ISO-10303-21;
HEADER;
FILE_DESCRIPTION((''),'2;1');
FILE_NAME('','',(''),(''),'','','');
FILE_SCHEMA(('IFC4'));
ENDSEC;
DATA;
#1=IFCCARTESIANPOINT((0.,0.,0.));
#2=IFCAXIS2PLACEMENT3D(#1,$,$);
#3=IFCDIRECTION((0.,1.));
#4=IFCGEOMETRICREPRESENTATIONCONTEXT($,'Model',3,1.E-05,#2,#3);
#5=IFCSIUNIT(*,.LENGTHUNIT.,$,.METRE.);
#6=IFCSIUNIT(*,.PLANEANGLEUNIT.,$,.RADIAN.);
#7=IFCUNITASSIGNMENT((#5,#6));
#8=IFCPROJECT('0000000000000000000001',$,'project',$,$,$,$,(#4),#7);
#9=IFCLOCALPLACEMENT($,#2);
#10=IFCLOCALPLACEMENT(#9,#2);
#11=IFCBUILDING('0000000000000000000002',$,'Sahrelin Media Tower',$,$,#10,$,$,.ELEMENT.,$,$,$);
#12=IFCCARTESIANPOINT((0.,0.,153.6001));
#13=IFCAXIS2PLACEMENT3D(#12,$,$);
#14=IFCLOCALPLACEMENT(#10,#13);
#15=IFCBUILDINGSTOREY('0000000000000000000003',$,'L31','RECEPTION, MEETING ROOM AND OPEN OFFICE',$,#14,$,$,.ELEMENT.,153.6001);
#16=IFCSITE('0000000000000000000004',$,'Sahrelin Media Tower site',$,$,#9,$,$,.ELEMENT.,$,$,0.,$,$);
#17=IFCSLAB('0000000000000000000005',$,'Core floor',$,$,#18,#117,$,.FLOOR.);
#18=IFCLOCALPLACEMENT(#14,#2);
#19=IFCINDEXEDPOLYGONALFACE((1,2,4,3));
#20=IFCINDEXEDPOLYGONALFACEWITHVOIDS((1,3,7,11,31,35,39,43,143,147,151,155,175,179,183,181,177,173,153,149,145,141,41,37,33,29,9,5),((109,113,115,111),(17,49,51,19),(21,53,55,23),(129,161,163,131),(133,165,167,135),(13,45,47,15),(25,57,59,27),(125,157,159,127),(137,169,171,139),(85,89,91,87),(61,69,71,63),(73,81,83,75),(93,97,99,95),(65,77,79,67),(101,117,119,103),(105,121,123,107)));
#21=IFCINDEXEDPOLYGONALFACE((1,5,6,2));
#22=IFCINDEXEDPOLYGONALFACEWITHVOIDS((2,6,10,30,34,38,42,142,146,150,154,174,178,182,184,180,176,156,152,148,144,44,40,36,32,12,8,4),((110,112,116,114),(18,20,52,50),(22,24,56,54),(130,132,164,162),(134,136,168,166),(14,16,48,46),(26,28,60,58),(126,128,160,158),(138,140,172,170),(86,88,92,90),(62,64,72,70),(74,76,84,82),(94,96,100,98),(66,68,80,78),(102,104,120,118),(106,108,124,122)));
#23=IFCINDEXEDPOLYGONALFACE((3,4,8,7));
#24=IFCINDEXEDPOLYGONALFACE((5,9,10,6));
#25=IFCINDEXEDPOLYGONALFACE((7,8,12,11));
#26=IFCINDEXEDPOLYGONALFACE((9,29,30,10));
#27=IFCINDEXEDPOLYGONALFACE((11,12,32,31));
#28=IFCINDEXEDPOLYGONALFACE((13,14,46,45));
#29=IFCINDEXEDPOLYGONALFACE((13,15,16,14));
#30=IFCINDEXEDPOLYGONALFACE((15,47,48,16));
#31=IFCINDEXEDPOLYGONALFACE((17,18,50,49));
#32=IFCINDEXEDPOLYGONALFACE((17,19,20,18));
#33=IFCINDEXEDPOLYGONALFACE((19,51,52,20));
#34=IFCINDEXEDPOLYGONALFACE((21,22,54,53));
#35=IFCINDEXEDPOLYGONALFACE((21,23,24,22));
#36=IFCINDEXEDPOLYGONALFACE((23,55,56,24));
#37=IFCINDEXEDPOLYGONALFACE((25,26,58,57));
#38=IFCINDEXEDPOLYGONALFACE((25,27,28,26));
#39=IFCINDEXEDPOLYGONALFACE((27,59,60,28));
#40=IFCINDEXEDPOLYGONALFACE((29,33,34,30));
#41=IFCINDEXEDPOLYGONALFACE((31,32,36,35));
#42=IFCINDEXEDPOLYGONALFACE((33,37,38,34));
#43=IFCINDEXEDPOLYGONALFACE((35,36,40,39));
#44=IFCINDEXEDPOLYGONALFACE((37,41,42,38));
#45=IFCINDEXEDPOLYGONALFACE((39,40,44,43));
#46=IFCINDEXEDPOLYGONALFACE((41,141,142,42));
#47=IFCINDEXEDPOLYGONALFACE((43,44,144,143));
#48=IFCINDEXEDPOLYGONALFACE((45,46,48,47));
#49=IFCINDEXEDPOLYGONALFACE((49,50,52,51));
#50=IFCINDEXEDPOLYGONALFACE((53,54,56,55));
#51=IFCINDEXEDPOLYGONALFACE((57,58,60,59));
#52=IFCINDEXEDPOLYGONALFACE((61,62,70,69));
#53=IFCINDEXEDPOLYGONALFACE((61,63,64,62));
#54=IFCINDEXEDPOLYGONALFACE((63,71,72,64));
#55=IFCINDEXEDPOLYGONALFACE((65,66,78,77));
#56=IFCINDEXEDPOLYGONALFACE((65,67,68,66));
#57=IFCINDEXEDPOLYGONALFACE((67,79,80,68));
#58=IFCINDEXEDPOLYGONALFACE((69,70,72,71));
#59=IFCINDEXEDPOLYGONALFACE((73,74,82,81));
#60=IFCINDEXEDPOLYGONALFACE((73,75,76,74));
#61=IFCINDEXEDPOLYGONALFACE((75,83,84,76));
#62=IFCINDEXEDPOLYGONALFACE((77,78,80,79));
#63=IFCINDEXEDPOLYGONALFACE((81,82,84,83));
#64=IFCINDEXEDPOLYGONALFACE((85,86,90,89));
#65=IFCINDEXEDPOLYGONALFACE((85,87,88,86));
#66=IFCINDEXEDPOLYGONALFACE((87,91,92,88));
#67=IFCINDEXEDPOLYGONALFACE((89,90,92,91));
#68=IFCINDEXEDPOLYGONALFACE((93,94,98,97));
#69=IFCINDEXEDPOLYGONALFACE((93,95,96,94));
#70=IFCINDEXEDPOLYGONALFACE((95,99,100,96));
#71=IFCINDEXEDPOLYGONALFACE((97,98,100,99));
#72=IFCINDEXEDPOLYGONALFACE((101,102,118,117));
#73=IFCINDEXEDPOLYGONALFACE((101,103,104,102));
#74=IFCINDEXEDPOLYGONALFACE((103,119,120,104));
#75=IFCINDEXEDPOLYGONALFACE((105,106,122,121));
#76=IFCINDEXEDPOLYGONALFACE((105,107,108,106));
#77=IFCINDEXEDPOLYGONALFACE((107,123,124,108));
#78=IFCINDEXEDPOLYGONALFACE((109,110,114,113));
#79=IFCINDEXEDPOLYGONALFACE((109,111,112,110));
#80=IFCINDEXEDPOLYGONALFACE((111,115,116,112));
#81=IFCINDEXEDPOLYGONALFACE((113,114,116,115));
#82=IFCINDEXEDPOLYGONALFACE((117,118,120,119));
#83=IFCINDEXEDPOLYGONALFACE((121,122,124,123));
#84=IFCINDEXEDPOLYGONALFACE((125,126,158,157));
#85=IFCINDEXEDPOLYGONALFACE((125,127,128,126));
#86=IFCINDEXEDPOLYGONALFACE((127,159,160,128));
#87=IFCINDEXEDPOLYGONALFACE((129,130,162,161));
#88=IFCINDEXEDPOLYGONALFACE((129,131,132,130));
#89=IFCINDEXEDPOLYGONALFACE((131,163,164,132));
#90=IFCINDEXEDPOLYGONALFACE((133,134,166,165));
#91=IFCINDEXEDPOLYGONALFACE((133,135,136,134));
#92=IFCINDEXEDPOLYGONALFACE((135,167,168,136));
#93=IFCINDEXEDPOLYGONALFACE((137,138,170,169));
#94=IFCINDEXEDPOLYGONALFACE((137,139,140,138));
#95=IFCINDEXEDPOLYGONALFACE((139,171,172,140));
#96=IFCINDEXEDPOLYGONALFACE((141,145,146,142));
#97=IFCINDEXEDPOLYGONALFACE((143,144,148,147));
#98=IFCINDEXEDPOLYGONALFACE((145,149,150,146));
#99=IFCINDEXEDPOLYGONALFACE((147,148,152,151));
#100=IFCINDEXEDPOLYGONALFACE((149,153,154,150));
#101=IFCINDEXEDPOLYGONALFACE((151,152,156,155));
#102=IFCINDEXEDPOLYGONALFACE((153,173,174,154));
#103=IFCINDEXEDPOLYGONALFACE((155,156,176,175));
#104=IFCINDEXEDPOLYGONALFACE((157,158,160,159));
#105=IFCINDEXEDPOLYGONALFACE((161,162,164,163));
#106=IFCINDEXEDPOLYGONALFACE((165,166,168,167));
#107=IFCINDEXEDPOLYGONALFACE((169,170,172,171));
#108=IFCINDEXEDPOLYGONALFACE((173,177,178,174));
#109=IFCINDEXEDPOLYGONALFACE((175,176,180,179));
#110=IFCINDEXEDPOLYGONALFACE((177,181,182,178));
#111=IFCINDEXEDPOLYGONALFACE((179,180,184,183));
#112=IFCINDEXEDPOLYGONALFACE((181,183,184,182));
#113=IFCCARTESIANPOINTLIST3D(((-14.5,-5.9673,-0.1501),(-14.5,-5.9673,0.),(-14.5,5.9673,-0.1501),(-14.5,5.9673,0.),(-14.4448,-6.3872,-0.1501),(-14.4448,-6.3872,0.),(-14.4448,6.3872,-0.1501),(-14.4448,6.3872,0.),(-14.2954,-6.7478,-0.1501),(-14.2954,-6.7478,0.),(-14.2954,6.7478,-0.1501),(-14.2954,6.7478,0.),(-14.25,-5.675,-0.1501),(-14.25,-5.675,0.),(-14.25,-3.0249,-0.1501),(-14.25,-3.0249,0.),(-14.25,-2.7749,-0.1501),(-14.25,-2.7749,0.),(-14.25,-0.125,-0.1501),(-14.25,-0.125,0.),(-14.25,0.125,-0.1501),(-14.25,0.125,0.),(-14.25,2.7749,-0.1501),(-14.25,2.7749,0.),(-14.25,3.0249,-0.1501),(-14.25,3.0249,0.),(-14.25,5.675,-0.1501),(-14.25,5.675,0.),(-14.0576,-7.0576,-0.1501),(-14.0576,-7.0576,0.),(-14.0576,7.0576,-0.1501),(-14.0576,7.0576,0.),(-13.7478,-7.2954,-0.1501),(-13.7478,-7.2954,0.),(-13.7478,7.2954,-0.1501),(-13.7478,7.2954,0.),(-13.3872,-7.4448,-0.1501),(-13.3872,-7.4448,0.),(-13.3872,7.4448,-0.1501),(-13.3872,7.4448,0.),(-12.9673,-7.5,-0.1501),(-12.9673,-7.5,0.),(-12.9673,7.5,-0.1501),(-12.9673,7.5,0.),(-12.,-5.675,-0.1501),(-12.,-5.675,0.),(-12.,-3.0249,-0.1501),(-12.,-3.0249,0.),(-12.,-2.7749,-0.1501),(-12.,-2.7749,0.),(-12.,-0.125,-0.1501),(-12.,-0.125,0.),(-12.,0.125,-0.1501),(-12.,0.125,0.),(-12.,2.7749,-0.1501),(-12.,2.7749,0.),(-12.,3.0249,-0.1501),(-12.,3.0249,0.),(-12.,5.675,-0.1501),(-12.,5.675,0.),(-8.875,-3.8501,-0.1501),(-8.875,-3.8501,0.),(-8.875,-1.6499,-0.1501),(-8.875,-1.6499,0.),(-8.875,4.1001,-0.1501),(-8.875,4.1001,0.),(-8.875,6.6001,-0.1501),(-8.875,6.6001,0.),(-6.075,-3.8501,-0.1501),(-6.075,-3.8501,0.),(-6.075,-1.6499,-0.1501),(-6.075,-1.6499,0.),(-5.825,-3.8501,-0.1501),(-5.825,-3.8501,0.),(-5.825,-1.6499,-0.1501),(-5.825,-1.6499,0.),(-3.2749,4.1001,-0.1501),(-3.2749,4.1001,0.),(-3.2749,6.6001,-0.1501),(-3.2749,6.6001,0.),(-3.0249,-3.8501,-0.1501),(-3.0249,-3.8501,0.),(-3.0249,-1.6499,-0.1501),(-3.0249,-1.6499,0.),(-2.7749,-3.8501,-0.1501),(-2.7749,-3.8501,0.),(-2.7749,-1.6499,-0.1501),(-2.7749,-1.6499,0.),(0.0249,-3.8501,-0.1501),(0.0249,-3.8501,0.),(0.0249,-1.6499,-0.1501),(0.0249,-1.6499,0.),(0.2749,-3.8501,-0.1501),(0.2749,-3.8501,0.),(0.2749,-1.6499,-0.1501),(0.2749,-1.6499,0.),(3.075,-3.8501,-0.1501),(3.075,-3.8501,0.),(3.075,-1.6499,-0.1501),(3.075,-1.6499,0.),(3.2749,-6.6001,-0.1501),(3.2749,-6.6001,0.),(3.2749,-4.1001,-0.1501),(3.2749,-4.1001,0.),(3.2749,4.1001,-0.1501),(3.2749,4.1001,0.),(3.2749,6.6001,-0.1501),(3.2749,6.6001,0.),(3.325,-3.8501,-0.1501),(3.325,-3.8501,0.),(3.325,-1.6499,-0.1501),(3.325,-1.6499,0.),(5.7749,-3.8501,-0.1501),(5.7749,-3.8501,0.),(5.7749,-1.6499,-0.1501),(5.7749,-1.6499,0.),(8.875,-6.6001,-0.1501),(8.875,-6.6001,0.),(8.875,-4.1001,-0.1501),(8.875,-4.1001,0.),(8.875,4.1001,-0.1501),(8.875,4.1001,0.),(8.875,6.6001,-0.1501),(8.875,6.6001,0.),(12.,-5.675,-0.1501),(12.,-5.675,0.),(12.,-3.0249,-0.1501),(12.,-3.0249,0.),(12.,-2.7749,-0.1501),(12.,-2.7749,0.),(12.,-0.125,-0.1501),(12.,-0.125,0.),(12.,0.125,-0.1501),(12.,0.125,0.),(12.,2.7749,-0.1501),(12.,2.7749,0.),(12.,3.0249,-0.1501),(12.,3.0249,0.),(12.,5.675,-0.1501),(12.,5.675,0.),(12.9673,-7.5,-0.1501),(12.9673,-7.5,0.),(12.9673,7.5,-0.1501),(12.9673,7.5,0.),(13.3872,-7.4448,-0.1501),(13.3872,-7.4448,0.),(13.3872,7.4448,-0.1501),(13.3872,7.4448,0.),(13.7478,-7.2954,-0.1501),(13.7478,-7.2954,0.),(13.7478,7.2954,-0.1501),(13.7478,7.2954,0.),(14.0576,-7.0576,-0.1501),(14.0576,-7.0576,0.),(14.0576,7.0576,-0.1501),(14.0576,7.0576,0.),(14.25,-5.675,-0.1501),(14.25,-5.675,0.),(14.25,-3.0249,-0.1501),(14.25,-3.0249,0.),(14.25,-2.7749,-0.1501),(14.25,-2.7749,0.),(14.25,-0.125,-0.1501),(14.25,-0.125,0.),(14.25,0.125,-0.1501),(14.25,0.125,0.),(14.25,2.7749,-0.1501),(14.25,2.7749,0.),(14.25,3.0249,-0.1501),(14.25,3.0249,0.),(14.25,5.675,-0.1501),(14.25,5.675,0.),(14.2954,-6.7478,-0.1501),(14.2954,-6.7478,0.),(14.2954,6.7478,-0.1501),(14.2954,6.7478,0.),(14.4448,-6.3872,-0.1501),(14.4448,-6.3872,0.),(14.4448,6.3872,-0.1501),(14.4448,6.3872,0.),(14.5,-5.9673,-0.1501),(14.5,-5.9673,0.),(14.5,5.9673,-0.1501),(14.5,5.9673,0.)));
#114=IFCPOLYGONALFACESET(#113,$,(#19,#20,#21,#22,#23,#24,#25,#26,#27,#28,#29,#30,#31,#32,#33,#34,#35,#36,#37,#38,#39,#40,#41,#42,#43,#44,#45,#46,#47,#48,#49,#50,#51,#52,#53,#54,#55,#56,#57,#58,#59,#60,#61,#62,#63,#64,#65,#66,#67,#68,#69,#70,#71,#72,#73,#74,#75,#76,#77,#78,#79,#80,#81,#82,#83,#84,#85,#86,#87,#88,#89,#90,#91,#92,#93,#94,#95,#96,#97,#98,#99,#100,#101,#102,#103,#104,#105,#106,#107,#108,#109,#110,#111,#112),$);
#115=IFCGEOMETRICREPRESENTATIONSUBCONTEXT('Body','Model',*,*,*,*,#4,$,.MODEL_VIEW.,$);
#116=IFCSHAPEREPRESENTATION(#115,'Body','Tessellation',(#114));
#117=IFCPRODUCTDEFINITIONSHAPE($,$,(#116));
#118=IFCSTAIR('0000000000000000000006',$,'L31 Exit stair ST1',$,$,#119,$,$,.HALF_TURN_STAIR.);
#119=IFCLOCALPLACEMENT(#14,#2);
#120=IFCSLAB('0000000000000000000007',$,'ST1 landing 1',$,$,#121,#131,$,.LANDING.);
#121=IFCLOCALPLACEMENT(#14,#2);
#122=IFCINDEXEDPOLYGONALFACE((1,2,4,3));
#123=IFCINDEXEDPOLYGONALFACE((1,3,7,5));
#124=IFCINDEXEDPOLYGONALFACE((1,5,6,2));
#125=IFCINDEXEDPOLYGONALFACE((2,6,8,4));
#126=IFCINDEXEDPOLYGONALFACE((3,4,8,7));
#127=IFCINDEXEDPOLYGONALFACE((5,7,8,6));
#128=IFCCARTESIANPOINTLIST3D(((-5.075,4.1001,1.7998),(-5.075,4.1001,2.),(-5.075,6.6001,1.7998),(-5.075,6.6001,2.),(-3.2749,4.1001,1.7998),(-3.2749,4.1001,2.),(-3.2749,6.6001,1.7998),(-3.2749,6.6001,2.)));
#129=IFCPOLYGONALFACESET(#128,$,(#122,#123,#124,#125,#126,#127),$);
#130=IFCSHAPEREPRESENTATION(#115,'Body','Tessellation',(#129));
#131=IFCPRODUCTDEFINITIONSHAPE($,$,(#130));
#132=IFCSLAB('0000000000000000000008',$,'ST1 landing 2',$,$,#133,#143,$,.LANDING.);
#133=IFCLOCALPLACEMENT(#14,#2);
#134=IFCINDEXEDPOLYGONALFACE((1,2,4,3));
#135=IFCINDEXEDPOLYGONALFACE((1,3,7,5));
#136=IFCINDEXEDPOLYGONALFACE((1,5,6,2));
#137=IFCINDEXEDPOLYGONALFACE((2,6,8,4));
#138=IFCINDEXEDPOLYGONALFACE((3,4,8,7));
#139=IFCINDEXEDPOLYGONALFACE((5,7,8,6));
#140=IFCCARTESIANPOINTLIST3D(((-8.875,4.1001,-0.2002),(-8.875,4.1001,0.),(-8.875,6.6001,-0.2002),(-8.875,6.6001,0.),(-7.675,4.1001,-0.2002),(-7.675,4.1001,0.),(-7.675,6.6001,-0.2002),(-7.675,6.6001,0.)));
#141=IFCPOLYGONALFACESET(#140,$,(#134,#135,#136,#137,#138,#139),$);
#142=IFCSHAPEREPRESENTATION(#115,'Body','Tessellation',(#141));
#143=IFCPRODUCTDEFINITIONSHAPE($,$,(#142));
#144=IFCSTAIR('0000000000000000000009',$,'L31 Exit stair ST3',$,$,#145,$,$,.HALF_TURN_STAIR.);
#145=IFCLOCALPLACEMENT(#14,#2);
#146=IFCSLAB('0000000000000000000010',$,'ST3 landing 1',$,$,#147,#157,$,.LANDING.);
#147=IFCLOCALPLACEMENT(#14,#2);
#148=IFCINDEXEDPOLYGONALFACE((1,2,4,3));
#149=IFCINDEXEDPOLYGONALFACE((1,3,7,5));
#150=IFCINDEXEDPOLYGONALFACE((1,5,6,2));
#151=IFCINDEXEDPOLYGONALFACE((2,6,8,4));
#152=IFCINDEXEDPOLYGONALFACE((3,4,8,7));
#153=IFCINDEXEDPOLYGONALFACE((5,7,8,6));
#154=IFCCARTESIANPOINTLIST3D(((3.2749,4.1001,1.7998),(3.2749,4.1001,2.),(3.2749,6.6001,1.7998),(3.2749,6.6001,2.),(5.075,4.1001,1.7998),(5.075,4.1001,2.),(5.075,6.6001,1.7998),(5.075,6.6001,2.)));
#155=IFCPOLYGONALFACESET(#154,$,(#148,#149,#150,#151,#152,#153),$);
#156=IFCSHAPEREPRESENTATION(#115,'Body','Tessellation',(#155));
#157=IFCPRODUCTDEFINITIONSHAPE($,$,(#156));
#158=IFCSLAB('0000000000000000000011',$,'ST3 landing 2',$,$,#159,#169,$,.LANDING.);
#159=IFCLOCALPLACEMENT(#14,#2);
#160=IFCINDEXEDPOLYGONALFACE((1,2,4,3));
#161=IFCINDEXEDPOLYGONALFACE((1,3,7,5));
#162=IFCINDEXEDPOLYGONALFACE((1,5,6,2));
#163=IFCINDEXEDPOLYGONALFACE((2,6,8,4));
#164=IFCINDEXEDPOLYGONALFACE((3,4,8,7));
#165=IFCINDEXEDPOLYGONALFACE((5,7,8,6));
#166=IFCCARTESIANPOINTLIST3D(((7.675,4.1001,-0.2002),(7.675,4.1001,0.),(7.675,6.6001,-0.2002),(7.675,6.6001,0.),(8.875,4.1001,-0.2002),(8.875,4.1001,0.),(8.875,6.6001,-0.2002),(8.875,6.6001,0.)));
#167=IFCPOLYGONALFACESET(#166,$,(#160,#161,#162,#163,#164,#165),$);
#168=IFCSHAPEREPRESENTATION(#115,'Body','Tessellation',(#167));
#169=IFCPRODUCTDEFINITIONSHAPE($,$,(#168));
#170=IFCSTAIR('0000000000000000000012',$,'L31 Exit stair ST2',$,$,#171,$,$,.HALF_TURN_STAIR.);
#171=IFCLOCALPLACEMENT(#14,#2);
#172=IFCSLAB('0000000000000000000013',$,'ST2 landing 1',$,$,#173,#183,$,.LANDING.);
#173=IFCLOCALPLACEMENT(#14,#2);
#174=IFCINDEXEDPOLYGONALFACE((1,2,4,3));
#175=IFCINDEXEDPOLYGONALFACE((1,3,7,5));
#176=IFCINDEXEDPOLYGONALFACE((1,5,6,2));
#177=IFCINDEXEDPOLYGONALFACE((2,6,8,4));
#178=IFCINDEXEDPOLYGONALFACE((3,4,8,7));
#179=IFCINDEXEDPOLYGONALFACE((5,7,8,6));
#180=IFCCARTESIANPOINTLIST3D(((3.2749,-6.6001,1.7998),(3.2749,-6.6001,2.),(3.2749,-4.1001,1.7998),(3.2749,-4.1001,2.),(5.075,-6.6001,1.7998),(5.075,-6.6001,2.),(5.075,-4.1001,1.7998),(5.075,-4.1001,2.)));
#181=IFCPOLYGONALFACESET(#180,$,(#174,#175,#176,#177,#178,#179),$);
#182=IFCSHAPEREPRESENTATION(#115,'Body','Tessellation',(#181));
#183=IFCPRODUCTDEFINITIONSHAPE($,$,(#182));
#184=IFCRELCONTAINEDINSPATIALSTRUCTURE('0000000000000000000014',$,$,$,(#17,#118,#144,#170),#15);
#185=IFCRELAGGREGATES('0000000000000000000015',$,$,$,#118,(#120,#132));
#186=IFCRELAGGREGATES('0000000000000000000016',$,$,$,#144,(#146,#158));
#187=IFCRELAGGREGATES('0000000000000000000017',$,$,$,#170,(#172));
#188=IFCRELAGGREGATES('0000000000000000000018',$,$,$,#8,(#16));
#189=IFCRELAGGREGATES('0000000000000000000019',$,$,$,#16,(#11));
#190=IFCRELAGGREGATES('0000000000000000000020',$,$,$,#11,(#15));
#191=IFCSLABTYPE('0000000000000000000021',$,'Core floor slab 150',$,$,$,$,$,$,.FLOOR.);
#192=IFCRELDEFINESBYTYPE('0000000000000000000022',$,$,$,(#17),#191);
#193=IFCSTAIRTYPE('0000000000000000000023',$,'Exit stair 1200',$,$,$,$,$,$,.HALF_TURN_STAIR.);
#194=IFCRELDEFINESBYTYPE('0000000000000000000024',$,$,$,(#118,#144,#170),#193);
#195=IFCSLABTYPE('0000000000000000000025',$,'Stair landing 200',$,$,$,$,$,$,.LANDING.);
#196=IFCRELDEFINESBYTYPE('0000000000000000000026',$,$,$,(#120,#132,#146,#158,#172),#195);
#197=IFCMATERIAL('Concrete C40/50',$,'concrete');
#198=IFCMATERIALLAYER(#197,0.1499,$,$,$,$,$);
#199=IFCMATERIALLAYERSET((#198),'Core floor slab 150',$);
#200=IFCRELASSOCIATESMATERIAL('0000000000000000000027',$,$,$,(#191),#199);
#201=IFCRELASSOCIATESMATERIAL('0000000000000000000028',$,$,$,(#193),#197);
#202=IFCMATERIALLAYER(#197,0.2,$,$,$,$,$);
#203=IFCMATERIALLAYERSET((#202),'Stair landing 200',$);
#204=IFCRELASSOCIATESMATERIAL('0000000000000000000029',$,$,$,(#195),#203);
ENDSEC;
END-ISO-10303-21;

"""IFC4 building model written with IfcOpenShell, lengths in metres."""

from ifc_helpers import new_model, si_unit, direction, frame, origin, place, context, subcontext, project, spatial, polyline, outline, extrude, material, layer, layer_set, type_object, element, aggregate, save


model = new_model("IFC4")

# Units and contexts
model_context = context("Model", 3, precision=1e-05, world=origin(), true_north=direction((0.0, 1.0)))
body_context = subcontext(model_context, "Body", "Model", "MODEL_VIEW")
ifc_project = project(units=[si_unit("LENGTHUNIT", "METRE"), si_unit("PLANEANGLEUNIT", "RADIAN")], contexts=[model_context])

# Site, building, storey
site_placement = place(None, origin())
site = spatial("IfcSite", under=ifc_project, at=site_placement, Name="Sahrelin Media Tower site", CompositionType="ELEMENT", RefElevation=0.0)
building_placement = place(site_placement, origin())
building = spatial("IfcBuilding", under=site, at=building_placement, Name="Sahrelin Media Tower", CompositionType="ELEMENT")
storey_placement = place(building_placement, frame((0.0, 0.0, 153.6001)))
storey = spatial("IfcBuildingStorey", under=building, at=storey_placement, Name="L31", Description="RECEPTION, MEETING ROOM AND OPEN OFFICE", CompositionType="ELEMENT", Elevation=153.6001)

# Slab
ifc_material_1 = material(Name="Concrete C40/50", Category="concrete")
ifc_layer_1 = layer(ifc_material_1, 0.1499)
ifc_layer_set_1 = layer_set([ifc_layer_1], Name="Core floor slab 150")
slab_type_1 = type_object("IfcSlabType", Name="Core floor slab 150", PredefinedType="FLOOR", material=ifc_layer_set_1)
slab_1_placement = place(storey_placement, frame((0.0, 0.0, -0.1501)))
element("IfcSlab", 1, at=slab_1_placement, inside=storey, type_object=slab_type_1, Name="Core floor", PredefinedType="FLOOR", context=body_context, shape_type="SweptSolid", body=[
    extrude(outline(polyline([(-14.4448, 6.3872), (-14.5, 5.9673), (-14.5, -5.9673), (-14.4448, -6.3872), (-14.2954, -6.7478), (-14.0576, -7.0576), (-13.7478, -7.2954), (-13.3872, -7.4448), (-12.9673, -7.5), (12.9673, -7.5), (13.3872, -7.4448), (13.7478, -7.2954), (14.0576, -7.0576), (14.2954, -6.7478), (14.4448, -6.3872), (14.5, -5.9673), (14.5, 5.9673), (14.4448, 6.3872), (14.2954, 6.7478), (14.0576, 7.0576), (13.7478, 7.2954), (13.3872, 7.4448), (12.9673, 7.5), (-12.9673, 7.5), (-13.3872, 7.4448), (-13.7478, 7.2954), (-14.0576, 7.0576), (-14.2954, 6.7478), (-14.4448, 6.3872)]), holes=[polyline([(-12.0, 3.0249), (-12.0, 5.675), (-14.25, 5.675), (-14.25, 3.0249), (-12.0, 3.0249)]), polyline([(-14.25, 0.125), (-12.0, 0.125), (-12.0, 2.7749), (-14.25, 2.7749), (-14.25, 0.125)]), polyline([(-14.25, -0.125), (-14.25, -2.7749), (-12.0, -2.7749), (-12.0, -0.125), (-14.25, -0.125)]), polyline([(-12.0, -3.0249), (-14.25, -3.0249), (-14.25, -5.675), (-12.0, -5.675), (-12.0, -3.0249)]), polyline([(14.25, 3.0249), (14.25, 5.675), (12.0, 5.675), (12.0, 3.0249), (14.25, 3.0249)]), polyline([(12.0, 0.125), (14.25, 0.125), (14.25, 2.7749), (12.0, 2.7749), (12.0, 0.125)]), polyline([(12.0, -0.125), (12.0, -2.7749), (14.25, -2.7749), (14.25, -0.125), (12.0, -0.125)]), polyline([(14.25, -3.0249), (12.0, -3.0249), (12.0, -5.675), (14.25, -5.675), (14.25, -3.0249)]), polyline([(-6.075, -3.8501), (-6.075, -1.6499), (-8.875, -1.6499), (-8.875, -3.8501), (-6.075, -3.8501)]), polyline([(-5.825, -3.8501), (-3.0249, -3.8501), (-3.0249, -1.6499), (-5.825, -1.6499), (-5.825, -3.8501)]), polyline([(-2.7749, -1.6499), (-2.7749, -3.8501), (0.0249, -3.8501), (0.0249, -1.6499), (-2.7749, -1.6499)]), polyline([(3.075, -1.6499), (0.2749, -1.6499), (0.2749, -3.8501), (3.075, -3.8501), (3.075, -1.6499)]), polyline([(5.7749, -3.8501), (5.7749, -1.6499), (3.325, -1.6499), (3.325, -3.8501), (5.7749, -3.8501)]), polyline([(-8.875, 6.6001), (-8.875, 4.1001), (-3.2749, 4.1001), (-3.2749, 6.6001), (-8.875, 6.6001)]), polyline([(3.2749, 4.1001), (8.875, 4.1001), (8.875, 6.6001), (3.2749, 6.6001), (3.2749, 4.1001)]), polyline([(3.2749, -4.1001), (3.2749, -6.6001), (8.875, -6.6001), (8.875, -4.1001), (3.2749, -4.1001)])]), origin(), (0.0, 0.0, 1.0), 0.1501),
])

# Stairs, slabs
stair_type = type_object("IfcStairType", Name="Exit stair 1200", PredefinedType="HALF_TURN_STAIR", material=ifc_material_1)
placement_1 = place(storey_placement, origin())
stair_1 = element("IfcStair", 2, at=placement_1, inside=storey, type_object=stair_type, Name="L31 Exit stair ST1", PredefinedType="HALF_TURN_STAIR")
ifc_layer_2 = layer(ifc_material_1, 0.2)
ifc_layer_set_2 = layer_set([ifc_layer_2], Name="Stair landing 200")
slab_type_2 = type_object("IfcSlabType", Name="Stair landing 200", PredefinedType="LANDING", material=ifc_layer_set_2)
placement_2 = place(storey_placement, frame((0.0, 0.0, 1.7998)))
slab_2 = element("IfcSlab", 3, at=placement_2, type_object=slab_type_2, Name="ST1 landing 1", PredefinedType="LANDING", context=body_context, shape_type="SweptSolid", body=[
    extrude(outline(polyline([(-5.075, 4.1001), (-3.2749, 4.1001), (-3.2749, 6.6001), (-5.075, 6.6001), (-5.075, 4.1001)])), origin(), (0.0, 0.0, 1.0), 0.2002),
])
placement_3 = place(storey_placement, frame((0.0, 0.0, -0.2002)))
slab_3 = element("IfcSlab", 4, at=placement_3, type_object=slab_type_2, Name="ST1 landing 2", PredefinedType="LANDING", context=body_context, shape_type="SweptSolid", body=[
    extrude(outline(polyline([(-8.875, 4.1001), (-7.675, 4.1001), (-7.675, 6.6001), (-8.875, 6.6001), (-8.875, 4.1001)])), origin(), (0.0, 0.0, 1.0), 0.2002),
])
aggregate(stair_1, [slab_2, slab_3])
stair_2 = element("IfcStair", 5, at=placement_1, inside=storey, type_object=stair_type, Name="L31 Exit stair ST3", PredefinedType="HALF_TURN_STAIR")
slab_4 = element("IfcSlab", 6, at=placement_2, type_object=slab_type_2, Name="ST3 landing 1", PredefinedType="LANDING", context=body_context, shape_type="SweptSolid", body=[
    extrude(outline(polyline([(5.075, 6.6001), (3.2749, 6.6001), (3.2749, 4.1001), (5.075, 4.1001), (5.075, 6.6001)])), origin(), (0.0, 0.0, 1.0), 0.2002),
])
slab_5 = element("IfcSlab", 7, at=placement_3, type_object=slab_type_2, Name="ST3 landing 2", PredefinedType="LANDING", context=body_context, shape_type="SweptSolid", body=[
    extrude(outline(polyline([(8.875, 6.6001), (7.675, 6.6001), (7.675, 4.1001), (8.875, 4.1001), (8.875, 6.6001)])), origin(), (0.0, 0.0, 1.0), 0.2002),
])
aggregate(stair_2, [slab_4, slab_5])
stair_3 = element("IfcStair", 8, at=placement_1, inside=storey, type_object=stair_type, Name="L31 Exit stair ST2", PredefinedType="HALF_TURN_STAIR")
slab_6 = element("IfcSlab", 9, at=placement_2, type_object=slab_type_2, Name="ST2 landing 1", PredefinedType="LANDING", context=body_context, shape_type="SweptSolid", body=[
    extrude(outline(polyline([(5.075, -4.1001), (3.2749, -4.1001), (3.2749, -6.6001), (5.075, -6.6001), (5.075, -4.1001)])), origin(), (0.0, 0.0, 1.0), 0.2002),
])
aggregate(stair_3, [slab_6])

save(model, "model.ifc")
